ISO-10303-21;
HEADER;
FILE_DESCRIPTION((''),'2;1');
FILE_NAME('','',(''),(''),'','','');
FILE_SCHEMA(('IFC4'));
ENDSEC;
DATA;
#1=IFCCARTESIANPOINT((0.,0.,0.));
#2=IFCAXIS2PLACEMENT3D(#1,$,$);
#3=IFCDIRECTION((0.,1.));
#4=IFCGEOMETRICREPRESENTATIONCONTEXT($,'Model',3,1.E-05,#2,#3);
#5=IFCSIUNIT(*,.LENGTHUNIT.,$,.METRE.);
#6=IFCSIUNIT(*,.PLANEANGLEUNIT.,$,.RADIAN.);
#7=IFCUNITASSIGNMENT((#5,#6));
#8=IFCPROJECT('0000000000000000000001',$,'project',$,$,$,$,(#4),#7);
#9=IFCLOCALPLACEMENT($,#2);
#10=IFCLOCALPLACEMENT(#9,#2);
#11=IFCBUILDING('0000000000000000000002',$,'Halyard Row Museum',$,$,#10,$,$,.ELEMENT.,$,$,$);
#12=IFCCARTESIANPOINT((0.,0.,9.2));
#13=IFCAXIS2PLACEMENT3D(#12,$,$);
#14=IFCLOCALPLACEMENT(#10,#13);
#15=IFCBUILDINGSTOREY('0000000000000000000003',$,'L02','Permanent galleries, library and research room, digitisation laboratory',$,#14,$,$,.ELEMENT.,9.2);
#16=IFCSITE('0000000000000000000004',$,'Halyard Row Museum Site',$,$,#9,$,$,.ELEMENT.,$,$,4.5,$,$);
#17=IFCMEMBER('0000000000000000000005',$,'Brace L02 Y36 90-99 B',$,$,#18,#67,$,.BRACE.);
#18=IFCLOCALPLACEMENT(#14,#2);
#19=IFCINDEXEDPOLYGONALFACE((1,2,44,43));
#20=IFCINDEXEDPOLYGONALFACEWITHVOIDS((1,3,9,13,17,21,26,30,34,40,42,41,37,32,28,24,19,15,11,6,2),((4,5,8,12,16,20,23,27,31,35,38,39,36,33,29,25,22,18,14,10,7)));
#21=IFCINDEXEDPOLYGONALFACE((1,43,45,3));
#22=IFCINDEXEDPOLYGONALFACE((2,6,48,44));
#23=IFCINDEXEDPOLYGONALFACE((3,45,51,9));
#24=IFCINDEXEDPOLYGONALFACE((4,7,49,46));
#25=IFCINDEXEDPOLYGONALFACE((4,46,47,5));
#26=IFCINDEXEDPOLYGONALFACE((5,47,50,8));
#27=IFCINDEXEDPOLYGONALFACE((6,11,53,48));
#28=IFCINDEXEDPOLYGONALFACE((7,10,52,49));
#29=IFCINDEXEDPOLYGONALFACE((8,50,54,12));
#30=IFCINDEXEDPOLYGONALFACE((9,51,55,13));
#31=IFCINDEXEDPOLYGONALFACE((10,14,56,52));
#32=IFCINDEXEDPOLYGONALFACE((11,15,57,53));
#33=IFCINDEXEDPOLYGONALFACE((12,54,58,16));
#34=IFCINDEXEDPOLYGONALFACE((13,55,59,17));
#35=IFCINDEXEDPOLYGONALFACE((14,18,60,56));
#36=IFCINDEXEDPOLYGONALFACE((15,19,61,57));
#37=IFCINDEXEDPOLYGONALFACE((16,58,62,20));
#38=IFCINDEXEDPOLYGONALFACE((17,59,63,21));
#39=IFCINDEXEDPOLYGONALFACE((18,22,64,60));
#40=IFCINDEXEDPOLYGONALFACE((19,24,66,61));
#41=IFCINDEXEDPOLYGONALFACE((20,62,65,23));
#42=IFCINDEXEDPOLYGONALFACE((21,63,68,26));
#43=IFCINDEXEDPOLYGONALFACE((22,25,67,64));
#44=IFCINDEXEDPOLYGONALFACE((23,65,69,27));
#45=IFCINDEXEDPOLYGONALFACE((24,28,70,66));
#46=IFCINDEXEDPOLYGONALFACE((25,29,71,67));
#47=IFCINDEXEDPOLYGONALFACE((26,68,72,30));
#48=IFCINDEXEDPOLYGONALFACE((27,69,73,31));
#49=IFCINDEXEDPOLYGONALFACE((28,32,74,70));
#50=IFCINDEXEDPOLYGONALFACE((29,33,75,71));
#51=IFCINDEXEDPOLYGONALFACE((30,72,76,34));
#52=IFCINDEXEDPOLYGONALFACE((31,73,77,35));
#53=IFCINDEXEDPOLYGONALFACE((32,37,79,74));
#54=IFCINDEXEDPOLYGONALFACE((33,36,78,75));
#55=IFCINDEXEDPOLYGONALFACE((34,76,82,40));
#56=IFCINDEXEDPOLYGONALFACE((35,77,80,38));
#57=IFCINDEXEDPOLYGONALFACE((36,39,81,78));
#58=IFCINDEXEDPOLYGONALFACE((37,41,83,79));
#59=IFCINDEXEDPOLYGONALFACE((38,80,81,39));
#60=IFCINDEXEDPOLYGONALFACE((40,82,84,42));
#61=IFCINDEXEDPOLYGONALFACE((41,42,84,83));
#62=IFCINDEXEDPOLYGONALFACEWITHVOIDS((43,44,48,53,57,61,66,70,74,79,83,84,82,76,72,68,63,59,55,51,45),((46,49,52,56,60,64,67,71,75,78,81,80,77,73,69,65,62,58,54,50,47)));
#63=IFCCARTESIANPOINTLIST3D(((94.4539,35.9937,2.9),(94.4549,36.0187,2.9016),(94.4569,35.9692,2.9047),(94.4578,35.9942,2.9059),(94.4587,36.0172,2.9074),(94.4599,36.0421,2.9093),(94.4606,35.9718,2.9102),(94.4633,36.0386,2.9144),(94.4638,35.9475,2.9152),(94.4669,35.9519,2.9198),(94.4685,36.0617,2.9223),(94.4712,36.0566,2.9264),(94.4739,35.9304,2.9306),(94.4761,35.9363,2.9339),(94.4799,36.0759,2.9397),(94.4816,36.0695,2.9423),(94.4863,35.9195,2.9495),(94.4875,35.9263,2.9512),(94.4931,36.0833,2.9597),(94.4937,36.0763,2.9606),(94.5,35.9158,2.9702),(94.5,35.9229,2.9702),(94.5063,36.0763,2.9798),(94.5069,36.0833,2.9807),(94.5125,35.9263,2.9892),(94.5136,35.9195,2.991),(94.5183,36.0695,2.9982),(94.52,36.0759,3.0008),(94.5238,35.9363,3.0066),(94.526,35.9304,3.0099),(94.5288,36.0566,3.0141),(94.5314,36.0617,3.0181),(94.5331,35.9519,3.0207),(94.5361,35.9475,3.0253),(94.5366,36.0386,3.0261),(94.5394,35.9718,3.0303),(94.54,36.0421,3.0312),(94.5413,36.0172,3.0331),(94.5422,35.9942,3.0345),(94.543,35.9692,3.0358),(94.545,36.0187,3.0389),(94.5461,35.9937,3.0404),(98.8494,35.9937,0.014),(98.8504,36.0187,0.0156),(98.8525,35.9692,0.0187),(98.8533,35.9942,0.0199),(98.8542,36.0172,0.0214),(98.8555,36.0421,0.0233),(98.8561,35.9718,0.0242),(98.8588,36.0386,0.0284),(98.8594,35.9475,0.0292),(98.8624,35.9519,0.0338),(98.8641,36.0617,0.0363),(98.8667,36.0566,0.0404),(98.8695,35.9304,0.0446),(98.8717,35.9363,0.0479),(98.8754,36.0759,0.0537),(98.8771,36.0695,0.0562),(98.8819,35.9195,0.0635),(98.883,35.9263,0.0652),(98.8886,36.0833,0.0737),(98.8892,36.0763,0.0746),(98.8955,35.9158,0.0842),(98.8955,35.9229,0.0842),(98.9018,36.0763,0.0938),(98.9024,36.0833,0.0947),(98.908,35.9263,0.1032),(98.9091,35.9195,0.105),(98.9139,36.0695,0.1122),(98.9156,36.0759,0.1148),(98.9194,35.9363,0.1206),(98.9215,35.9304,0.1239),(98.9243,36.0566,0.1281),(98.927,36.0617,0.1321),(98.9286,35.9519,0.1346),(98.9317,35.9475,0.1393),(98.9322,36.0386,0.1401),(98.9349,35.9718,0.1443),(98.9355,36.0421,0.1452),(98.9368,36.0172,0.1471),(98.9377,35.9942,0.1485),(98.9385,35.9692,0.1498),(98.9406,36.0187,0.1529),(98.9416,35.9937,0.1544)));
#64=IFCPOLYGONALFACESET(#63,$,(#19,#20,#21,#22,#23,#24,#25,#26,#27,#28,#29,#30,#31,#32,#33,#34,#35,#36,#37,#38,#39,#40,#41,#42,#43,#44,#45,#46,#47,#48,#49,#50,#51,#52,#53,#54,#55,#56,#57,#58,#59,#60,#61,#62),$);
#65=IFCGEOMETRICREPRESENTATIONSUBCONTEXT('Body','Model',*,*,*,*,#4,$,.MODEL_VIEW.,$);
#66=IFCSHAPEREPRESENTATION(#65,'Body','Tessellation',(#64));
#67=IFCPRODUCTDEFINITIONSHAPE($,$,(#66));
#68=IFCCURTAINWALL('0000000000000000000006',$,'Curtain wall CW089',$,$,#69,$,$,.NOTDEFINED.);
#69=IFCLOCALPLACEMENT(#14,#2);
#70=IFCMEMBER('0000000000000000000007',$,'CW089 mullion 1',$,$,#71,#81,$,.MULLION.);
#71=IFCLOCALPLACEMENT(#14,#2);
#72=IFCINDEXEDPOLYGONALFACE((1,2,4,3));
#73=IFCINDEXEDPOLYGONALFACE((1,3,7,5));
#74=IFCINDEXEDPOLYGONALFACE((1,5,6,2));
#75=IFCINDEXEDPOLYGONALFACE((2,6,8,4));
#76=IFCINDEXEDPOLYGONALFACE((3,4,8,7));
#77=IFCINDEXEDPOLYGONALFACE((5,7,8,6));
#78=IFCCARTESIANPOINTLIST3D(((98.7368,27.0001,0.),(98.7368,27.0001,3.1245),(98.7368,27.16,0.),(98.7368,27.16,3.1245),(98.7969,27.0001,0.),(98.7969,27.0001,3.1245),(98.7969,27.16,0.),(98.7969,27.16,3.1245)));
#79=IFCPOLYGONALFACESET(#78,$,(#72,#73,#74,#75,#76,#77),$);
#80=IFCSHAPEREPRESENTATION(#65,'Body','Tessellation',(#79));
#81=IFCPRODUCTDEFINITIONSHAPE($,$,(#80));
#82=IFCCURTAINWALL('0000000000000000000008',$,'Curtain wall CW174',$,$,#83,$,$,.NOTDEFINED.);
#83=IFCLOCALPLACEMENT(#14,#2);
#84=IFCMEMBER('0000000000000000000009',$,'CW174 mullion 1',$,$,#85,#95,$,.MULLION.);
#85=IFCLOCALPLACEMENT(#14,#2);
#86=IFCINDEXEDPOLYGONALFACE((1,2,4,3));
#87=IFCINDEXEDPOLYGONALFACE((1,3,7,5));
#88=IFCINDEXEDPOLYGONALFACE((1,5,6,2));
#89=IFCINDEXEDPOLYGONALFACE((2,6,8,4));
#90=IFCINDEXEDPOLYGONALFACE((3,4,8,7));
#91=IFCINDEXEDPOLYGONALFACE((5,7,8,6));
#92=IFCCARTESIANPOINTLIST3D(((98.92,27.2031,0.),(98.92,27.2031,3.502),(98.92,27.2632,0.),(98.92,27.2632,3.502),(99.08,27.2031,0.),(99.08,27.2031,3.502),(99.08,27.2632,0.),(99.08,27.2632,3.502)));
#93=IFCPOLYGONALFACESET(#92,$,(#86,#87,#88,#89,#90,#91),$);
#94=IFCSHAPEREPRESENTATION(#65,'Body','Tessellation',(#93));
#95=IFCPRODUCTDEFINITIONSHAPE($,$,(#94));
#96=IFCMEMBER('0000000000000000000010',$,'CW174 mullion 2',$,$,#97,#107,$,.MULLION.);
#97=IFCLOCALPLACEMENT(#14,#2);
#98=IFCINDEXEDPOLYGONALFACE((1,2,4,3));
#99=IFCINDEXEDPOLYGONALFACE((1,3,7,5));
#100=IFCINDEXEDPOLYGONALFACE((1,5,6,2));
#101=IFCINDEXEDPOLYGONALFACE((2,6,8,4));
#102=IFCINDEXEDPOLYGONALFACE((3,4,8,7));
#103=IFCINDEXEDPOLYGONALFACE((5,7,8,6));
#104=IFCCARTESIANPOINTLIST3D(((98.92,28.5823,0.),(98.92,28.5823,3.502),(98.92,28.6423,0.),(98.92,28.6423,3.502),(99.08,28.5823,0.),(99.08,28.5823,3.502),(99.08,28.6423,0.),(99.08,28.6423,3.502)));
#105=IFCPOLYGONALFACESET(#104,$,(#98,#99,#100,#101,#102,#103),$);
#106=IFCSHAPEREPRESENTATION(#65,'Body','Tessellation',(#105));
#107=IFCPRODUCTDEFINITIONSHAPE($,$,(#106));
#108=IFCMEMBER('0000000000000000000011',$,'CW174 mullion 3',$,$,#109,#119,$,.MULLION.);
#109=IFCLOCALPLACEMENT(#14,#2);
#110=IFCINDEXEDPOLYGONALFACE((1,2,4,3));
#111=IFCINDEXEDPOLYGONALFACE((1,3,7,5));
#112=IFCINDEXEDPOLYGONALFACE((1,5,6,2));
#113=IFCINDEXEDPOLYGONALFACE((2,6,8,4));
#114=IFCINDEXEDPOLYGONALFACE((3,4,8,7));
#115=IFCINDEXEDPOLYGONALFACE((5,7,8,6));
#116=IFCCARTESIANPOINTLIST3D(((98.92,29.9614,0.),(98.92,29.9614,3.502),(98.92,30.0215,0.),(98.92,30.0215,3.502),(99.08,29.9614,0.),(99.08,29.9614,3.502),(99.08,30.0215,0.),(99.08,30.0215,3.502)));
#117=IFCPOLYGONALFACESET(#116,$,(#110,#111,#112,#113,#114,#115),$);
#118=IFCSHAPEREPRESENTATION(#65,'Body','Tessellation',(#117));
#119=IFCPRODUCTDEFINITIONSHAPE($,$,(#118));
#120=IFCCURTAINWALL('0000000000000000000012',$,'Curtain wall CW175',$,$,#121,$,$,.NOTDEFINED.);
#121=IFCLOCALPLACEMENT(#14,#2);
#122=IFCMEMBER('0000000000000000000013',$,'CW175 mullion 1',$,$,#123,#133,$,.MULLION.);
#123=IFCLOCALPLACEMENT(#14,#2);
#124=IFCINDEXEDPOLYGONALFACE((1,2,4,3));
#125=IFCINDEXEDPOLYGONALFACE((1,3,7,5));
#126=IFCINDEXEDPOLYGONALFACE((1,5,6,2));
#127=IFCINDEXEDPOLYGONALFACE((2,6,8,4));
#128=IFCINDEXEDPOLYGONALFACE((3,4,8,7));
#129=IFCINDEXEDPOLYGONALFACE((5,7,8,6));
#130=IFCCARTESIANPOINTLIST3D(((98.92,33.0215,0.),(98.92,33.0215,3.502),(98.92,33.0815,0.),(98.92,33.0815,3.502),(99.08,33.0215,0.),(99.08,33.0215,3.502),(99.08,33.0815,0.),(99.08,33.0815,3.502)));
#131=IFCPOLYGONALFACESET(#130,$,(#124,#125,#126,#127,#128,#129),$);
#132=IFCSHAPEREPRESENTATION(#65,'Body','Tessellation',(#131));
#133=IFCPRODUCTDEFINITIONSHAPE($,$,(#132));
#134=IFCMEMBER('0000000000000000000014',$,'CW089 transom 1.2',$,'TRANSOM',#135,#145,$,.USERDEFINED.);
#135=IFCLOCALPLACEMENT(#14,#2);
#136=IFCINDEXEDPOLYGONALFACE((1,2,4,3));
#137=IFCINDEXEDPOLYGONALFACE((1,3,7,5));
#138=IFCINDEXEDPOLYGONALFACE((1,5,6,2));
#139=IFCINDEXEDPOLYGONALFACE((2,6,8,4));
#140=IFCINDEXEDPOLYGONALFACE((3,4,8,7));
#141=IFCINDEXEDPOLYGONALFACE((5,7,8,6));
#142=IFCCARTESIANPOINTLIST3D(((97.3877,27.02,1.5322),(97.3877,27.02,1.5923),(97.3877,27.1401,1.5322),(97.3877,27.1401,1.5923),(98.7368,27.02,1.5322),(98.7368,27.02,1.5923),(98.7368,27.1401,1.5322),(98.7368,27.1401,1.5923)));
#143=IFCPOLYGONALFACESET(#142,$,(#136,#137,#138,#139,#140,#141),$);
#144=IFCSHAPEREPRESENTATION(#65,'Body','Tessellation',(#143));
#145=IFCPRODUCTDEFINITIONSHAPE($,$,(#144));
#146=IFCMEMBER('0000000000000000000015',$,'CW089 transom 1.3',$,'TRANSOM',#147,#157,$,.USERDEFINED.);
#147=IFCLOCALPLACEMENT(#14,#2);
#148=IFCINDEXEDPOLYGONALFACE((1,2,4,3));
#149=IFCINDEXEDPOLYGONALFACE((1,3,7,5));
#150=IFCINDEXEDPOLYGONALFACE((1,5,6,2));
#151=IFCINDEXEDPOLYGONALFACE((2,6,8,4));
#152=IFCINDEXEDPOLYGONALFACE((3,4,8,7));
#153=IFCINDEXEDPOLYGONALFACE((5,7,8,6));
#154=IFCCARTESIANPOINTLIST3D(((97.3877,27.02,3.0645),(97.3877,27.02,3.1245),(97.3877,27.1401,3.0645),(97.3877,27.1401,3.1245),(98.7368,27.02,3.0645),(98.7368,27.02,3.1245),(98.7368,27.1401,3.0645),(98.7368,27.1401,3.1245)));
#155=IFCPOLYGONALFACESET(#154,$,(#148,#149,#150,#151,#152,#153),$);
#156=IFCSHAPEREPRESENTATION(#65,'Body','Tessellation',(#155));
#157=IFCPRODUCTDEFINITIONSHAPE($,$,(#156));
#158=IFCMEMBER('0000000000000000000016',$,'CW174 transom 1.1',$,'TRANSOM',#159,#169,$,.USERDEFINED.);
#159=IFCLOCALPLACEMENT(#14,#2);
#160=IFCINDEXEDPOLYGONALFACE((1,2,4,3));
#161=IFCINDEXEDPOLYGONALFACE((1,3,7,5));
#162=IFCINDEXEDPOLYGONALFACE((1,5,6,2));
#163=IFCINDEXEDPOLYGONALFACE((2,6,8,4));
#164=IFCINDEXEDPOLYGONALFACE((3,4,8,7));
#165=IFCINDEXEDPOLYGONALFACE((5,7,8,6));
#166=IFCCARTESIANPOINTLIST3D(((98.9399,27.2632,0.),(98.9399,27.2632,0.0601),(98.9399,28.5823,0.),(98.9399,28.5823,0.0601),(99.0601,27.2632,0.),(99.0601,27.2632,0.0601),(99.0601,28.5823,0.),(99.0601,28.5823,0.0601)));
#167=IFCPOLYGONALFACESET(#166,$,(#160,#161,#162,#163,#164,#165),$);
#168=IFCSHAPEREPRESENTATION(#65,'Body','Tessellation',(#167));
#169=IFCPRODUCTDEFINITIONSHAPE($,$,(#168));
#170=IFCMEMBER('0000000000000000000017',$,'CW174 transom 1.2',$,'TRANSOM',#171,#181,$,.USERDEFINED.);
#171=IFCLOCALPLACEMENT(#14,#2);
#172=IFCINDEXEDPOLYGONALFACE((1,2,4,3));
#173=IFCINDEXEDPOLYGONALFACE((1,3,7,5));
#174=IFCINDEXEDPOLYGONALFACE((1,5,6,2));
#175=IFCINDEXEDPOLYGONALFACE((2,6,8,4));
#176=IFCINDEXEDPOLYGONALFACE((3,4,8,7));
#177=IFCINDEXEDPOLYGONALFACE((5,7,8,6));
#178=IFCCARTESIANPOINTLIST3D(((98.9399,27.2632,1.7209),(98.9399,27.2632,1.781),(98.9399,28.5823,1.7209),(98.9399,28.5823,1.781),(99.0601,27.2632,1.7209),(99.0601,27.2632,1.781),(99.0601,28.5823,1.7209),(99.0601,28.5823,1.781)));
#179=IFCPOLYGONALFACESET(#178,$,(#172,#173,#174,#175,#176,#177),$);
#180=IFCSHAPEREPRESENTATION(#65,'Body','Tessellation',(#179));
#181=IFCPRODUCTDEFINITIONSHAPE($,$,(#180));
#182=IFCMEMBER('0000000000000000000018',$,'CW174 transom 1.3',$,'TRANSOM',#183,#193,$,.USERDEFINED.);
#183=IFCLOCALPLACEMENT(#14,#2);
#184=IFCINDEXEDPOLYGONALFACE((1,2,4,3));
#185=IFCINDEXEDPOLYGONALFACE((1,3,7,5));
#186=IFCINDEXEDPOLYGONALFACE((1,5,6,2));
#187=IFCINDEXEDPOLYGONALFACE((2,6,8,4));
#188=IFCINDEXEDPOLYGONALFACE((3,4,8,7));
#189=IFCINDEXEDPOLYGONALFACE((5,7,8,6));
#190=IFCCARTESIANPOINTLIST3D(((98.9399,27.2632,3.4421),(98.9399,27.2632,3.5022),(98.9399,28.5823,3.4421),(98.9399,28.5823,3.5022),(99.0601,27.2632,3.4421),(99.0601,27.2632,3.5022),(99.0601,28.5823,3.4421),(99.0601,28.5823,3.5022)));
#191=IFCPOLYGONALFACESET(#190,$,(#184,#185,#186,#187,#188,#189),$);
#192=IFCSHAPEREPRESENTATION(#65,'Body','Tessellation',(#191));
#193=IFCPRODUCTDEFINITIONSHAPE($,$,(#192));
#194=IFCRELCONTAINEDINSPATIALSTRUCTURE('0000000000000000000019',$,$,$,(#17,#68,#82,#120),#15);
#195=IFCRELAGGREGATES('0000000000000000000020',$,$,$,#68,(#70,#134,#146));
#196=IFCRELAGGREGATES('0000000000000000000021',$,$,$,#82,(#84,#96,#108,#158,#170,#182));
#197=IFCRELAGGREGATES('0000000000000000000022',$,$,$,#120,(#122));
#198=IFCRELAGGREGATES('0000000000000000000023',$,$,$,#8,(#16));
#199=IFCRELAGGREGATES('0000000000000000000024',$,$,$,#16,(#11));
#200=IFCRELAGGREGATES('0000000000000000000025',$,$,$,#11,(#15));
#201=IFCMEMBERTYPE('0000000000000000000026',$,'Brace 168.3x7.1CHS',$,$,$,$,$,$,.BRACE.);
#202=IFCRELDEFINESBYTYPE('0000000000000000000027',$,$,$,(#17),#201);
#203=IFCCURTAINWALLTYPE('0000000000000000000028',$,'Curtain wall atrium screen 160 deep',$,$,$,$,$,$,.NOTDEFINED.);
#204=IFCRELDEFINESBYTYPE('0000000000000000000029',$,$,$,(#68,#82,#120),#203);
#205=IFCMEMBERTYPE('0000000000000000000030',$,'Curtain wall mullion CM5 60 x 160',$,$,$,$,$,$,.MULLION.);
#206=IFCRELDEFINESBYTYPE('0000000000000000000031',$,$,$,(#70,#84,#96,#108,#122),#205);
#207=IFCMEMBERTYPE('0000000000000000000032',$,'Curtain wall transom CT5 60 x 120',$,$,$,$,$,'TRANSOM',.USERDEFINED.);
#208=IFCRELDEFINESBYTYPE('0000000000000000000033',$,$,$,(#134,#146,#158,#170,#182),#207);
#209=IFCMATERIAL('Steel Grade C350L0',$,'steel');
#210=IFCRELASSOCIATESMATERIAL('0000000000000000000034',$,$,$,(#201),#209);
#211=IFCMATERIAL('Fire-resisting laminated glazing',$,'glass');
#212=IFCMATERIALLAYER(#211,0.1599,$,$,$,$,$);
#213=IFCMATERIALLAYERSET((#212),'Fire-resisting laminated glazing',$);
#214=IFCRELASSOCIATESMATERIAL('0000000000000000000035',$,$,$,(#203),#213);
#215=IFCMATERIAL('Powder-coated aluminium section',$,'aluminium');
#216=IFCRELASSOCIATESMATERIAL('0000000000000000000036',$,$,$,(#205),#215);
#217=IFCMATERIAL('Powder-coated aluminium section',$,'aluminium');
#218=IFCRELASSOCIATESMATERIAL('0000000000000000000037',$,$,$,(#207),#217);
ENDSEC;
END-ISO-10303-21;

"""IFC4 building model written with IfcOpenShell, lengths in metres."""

from ifc_helpers import new_model, si_unit, direction, frame, origin, origin_2d, place, context, subcontext, project, spatial, rectangle, hollow_circle, extrude, material, layer, layer_set, material_profile, profile_set, type_object, element, aggregate, save


model = new_model("IFC4")

# Units and contexts
model_context = context("Model", 3, precision=1e-05, world=origin(), true_north=direction((0.0, 1.0)))
body_context = subcontext(model_context, "Body", "Model", "MODEL_VIEW")
ifc_project = project(units=[si_unit("LENGTHUNIT", "METRE"), si_unit("PLANEANGLEUNIT", "RADIAN")], contexts=[model_context])

# Site, building, storey
site_placement = place(None, origin())
site = spatial("IfcSite", under=ifc_project, at=site_placement, Name="Halyard Row Museum Site", CompositionType="ELEMENT", RefElevation=4.5)
building_placement = place(site_placement, origin())
building = spatial("IfcBuilding", under=site, at=building_placement, Name="Halyard Row Museum", CompositionType="ELEMENT")
storey_placement = place(building_placement, frame((0.0, 0.0, 9.2)))
storey = spatial("IfcBuildingStorey", under=building, at=storey_placement, Name="L02", Description="Permanent galleries, library and research room, digitisation laboratory", CompositionType="ELEMENT", Elevation=9.2)

# Member
ifc_material_1 = material(Name="Steel Grade C350L0", Category="steel")
ifc_material_profile_1 = material_profile(ifc_material_1, hollow_circle(Radius=0.0842, WallThickness=0.0071, at=origin_2d()), Name="168.3x7.1CHS")
ifc_profile_set_1 = profile_set([ifc_material_profile_1], Name="Steel Grade C350L0")
member_type_1 = type_object("IfcMemberType", Name="Brace 168.3x7.1CHS", PredefinedType="BRACE", material=ifc_profile_set_1)
member_1_placement = place(storey_placement, frame((98.8955, 36.0, 0.0842), z_axis=(-0.835923, 0.0, 0.548847), x_axis=(0.0, -1.0, 0.0)))
element("IfcMember", 1, at=member_1_placement, inside=storey, type_object=member_type_1, Name="Brace L02 Y36 90-99 B", PredefinedType="BRACE", context=body_context, shape_type="SweptSolid", body=[
    extrude(hollow_circle(Radius=0.0842, WallThickness=0.0071, at=origin_2d()), origin(), (0.0, 0.0, 1.0), 5.2583),
])

# Curtain wall, member
ifc_material_2 = material(Name="Fire-resisting laminated glazing", Category="glass")
ifc_layer_1 = layer(ifc_material_2, 0.1599)
ifc_layer_set_1 = layer_set([ifc_layer_1], Name="Fire-resisting laminated glazing")
curtain_wall_type = type_object("IfcCurtainWallType", Name="Curtain wall atrium screen 160 deep", PredefinedType="NOTDEFINED", material=ifc_layer_set_1)
curtain_wall_1_placement = place(storey_placement, origin())
curtain_wall_1 = element("IfcCurtainWall", 2, at=curtain_wall_1_placement, inside=storey, type_object=curtain_wall_type, Name="Curtain wall CW089", PredefinedType="NOTDEFINED")
ifc_material_3 = material(Name="Powder-coated aluminium section", Category="aluminium")
ifc_material_profile_2 = material_profile(ifc_material_3, rectangle(XDim=0.1599, YDim=0.0601, at=origin_2d()), Name="160x60 mullion")
ifc_profile_set_2 = profile_set([ifc_material_profile_2], Name="Powder-coated aluminium section")
member_type_2 = type_object("IfcMemberType", Name="Curtain wall mullion CM5 60 x 160", PredefinedType="MULLION", material=ifc_profile_set_2)
member_2_placement = place(storey_placement, frame((98.7668, 27.0801, 0.0), z_axis=(0.0, 0.0, 1.0), x_axis=(0.0, -1.0, 0.0)))
member_2 = element("IfcMember", 3, at=member_2_placement, type_object=member_type_2, Name="CW089 mullion 1", PredefinedType="MULLION", context=body_context, shape_type="SweptSolid", body=[
    extrude(rectangle(XDim=0.1599, YDim=0.0601, at=origin_2d()), origin(), (0.0, 0.0, 1.0), 3.1245),
])

# Curtain wall, members
curtain_wall_2_placement = place(storey_placement, origin())
curtain_wall_2 = element("IfcCurtainWall", 4, at=curtain_wall_2_placement, inside=storey, type_object=curtain_wall_type, Name="Curtain wall CW174", PredefinedType="NOTDEFINED")
member_3_placement = place(storey_placement, frame((99.0, 27.2332, 0.0), z_axis=(0.0, 0.0, 1.0), x_axis=(-1.0, 0.0, 0.0)))
member_3 = element("IfcMember", 5, at=member_3_placement, type_object=member_type_2, Name="CW174 mullion 1", PredefinedType="MULLION", context=body_context, shape_type="SweptSolid", body=[
    extrude(rectangle(XDim=0.1599, YDim=0.0601, at=origin_2d()), origin(), (0.0, 0.0, 1.0), 3.502),
])
member_4_placement = place(storey_placement, frame((99.0, 28.6123, 0.0), z_axis=(0.0, 0.0, 1.0), x_axis=(-1.0, 0.0, 0.0)))
member_4 = element("IfcMember", 6, at=member_4_placement, type_object=member_type_2, Name="CW174 mullion 2", PredefinedType="MULLION", context=body_context, shape_type="SweptSolid", body=[
    extrude(rectangle(XDim=0.1599, YDim=0.0601, at=origin_2d()), origin(), (0.0, 0.0, 1.0), 3.502),
])
member_5_placement = place(storey_placement, frame((99.0, 29.9915, 0.0), z_axis=(0.0, 0.0, 1.0), x_axis=(-1.0, 0.0, 0.0)))
member_5 = element("IfcMember", 7, at=member_5_placement, type_object=member_type_2, Name="CW174 mullion 3", PredefinedType="MULLION", context=body_context, shape_type="SweptSolid", body=[
    extrude(rectangle(XDim=0.1599, YDim=0.0601, at=origin_2d()), origin(), (0.0, 0.0, 1.0), 3.502),
])

# Curtain wall, member
curtain_wall_3_placement = place(storey_placement, origin())
curtain_wall_3 = element("IfcCurtainWall", 8, at=curtain_wall_3_placement, inside=storey, type_object=curtain_wall_type, Name="Curtain wall CW175", PredefinedType="NOTDEFINED")
member_6_placement = place(storey_placement, frame((99.0, 33.0515, 0.0), z_axis=(0.0, 0.0, 1.0), x_axis=(-1.0, 0.0, 0.0)))
member_6 = element("IfcMember", 9, at=member_6_placement, type_object=member_type_2, Name="CW175 mullion 1", PredefinedType="MULLION", context=body_context, shape_type="SweptSolid", body=[
    extrude(rectangle(XDim=0.1599, YDim=0.0601, at=origin_2d()), origin(), (0.0, 0.0, 1.0), 3.502),
])

# Members
ifc_material_4 = material(Name="Powder-coated aluminium section", Category="aluminium")
ifc_material_profile_3 = material_profile(ifc_material_4, rectangle(XDim=0.1201, YDim=0.0601, at=origin_2d()), Name="120x60 transom")
ifc_profile_set_3 = profile_set([ifc_material_profile_3], Name="Powder-coated aluminium section")
member_type_3 = type_object("IfcMemberType", Name="Curtain wall transom CT5 60 x 120", ElementType="TRANSOM", PredefinedType="USERDEFINED", material=ifc_profile_set_3)
member_7_placement = place(storey_placement, frame((98.7368, 27.0801, 1.5623), z_axis=(-1.0, 0.0, 0.0), x_axis=(0.0, -1.0, 0.0)))
member_7 = element("IfcMember", 10, at=member_7_placement, type_object=member_type_3, Name="CW089 transom 1.2", ObjectType="TRANSOM", PredefinedType="USERDEFINED", context=body_context, shape_type="SweptSolid", body=[
    extrude(rectangle(XDim=0.1201, YDim=0.0601, at=origin_2d()), origin(), (0.0, 0.0, 1.0), 1.3491),
])
member_8_placement = place(storey_placement, frame((98.7368, 27.0801, 3.0945), z_axis=(-1.0, 0.0, 0.0), x_axis=(0.0, -1.0, 0.0)))
member_8 = element("IfcMember", 11, at=member_8_placement, type_object=member_type_3, Name="CW089 transom 1.3", ObjectType="TRANSOM", PredefinedType="USERDEFINED", context=body_context, shape_type="SweptSolid", body=[
    extrude(rectangle(XDim=0.1201, YDim=0.0601, at=origin_2d()), origin(), (0.0, 0.0, 1.0), 1.3491),
])
aggregate(curtain_wall_1, [member_2, member_7, member_8])
member_9_placement = place(storey_placement, frame((99.0, 27.2632, 0.03), z_axis=(0.0, 1.0, 0.0), x_axis=(-1.0, 0.0, 0.0)))
member_9 = element("IfcMember", 12, at=member_9_placement, type_object=member_type_3, Name="CW174 transom 1.1", ObjectType="TRANSOM", PredefinedType="USERDEFINED", context=body_context, shape_type="SweptSolid", body=[
    extrude(rectangle(XDim=0.1201, YDim=0.0601, at=origin_2d()), origin(), (0.0, 0.0, 1.0), 1.3191),
])
member_10_placement = place(storey_placement, frame((99.0, 27.2632, 1.751), z_axis=(0.0, 1.0, 0.0), x_axis=(-1.0, 0.0, 0.0)))
member_10 = element("IfcMember", 13, at=member_10_placement, type_object=member_type_3, Name="CW174 transom 1.2", ObjectType="TRANSOM", PredefinedType="USERDEFINED", context=body_context, shape_type="SweptSolid", body=[
    extrude(rectangle(XDim=0.1201, YDim=0.0601, at=origin_2d()), origin(), (0.0, 0.0, 1.0), 1.3191),
])
member_11_placement = place(storey_placement, frame((99.0, 27.2632, 3.4722), z_axis=(0.0, 1.0, 0.0), x_axis=(-1.0, 0.0, 0.0)))
member_11 = element("IfcMember", 14, at=member_11_placement, type_object=member_type_3, Name="CW174 transom 1.3", ObjectType="TRANSOM", PredefinedType="USERDEFINED", context=body_context, shape_type="SweptSolid", body=[
    extrude(rectangle(XDim=0.1201, YDim=0.0601, at=origin_2d()), origin(), (0.0, 0.0, 1.0), 1.3191),
])

aggregate(curtain_wall_2, [member_3, member_4, member_5, member_9, member_10, member_11])
aggregate(curtain_wall_3, [member_6])

save(model, "model.ifc")
